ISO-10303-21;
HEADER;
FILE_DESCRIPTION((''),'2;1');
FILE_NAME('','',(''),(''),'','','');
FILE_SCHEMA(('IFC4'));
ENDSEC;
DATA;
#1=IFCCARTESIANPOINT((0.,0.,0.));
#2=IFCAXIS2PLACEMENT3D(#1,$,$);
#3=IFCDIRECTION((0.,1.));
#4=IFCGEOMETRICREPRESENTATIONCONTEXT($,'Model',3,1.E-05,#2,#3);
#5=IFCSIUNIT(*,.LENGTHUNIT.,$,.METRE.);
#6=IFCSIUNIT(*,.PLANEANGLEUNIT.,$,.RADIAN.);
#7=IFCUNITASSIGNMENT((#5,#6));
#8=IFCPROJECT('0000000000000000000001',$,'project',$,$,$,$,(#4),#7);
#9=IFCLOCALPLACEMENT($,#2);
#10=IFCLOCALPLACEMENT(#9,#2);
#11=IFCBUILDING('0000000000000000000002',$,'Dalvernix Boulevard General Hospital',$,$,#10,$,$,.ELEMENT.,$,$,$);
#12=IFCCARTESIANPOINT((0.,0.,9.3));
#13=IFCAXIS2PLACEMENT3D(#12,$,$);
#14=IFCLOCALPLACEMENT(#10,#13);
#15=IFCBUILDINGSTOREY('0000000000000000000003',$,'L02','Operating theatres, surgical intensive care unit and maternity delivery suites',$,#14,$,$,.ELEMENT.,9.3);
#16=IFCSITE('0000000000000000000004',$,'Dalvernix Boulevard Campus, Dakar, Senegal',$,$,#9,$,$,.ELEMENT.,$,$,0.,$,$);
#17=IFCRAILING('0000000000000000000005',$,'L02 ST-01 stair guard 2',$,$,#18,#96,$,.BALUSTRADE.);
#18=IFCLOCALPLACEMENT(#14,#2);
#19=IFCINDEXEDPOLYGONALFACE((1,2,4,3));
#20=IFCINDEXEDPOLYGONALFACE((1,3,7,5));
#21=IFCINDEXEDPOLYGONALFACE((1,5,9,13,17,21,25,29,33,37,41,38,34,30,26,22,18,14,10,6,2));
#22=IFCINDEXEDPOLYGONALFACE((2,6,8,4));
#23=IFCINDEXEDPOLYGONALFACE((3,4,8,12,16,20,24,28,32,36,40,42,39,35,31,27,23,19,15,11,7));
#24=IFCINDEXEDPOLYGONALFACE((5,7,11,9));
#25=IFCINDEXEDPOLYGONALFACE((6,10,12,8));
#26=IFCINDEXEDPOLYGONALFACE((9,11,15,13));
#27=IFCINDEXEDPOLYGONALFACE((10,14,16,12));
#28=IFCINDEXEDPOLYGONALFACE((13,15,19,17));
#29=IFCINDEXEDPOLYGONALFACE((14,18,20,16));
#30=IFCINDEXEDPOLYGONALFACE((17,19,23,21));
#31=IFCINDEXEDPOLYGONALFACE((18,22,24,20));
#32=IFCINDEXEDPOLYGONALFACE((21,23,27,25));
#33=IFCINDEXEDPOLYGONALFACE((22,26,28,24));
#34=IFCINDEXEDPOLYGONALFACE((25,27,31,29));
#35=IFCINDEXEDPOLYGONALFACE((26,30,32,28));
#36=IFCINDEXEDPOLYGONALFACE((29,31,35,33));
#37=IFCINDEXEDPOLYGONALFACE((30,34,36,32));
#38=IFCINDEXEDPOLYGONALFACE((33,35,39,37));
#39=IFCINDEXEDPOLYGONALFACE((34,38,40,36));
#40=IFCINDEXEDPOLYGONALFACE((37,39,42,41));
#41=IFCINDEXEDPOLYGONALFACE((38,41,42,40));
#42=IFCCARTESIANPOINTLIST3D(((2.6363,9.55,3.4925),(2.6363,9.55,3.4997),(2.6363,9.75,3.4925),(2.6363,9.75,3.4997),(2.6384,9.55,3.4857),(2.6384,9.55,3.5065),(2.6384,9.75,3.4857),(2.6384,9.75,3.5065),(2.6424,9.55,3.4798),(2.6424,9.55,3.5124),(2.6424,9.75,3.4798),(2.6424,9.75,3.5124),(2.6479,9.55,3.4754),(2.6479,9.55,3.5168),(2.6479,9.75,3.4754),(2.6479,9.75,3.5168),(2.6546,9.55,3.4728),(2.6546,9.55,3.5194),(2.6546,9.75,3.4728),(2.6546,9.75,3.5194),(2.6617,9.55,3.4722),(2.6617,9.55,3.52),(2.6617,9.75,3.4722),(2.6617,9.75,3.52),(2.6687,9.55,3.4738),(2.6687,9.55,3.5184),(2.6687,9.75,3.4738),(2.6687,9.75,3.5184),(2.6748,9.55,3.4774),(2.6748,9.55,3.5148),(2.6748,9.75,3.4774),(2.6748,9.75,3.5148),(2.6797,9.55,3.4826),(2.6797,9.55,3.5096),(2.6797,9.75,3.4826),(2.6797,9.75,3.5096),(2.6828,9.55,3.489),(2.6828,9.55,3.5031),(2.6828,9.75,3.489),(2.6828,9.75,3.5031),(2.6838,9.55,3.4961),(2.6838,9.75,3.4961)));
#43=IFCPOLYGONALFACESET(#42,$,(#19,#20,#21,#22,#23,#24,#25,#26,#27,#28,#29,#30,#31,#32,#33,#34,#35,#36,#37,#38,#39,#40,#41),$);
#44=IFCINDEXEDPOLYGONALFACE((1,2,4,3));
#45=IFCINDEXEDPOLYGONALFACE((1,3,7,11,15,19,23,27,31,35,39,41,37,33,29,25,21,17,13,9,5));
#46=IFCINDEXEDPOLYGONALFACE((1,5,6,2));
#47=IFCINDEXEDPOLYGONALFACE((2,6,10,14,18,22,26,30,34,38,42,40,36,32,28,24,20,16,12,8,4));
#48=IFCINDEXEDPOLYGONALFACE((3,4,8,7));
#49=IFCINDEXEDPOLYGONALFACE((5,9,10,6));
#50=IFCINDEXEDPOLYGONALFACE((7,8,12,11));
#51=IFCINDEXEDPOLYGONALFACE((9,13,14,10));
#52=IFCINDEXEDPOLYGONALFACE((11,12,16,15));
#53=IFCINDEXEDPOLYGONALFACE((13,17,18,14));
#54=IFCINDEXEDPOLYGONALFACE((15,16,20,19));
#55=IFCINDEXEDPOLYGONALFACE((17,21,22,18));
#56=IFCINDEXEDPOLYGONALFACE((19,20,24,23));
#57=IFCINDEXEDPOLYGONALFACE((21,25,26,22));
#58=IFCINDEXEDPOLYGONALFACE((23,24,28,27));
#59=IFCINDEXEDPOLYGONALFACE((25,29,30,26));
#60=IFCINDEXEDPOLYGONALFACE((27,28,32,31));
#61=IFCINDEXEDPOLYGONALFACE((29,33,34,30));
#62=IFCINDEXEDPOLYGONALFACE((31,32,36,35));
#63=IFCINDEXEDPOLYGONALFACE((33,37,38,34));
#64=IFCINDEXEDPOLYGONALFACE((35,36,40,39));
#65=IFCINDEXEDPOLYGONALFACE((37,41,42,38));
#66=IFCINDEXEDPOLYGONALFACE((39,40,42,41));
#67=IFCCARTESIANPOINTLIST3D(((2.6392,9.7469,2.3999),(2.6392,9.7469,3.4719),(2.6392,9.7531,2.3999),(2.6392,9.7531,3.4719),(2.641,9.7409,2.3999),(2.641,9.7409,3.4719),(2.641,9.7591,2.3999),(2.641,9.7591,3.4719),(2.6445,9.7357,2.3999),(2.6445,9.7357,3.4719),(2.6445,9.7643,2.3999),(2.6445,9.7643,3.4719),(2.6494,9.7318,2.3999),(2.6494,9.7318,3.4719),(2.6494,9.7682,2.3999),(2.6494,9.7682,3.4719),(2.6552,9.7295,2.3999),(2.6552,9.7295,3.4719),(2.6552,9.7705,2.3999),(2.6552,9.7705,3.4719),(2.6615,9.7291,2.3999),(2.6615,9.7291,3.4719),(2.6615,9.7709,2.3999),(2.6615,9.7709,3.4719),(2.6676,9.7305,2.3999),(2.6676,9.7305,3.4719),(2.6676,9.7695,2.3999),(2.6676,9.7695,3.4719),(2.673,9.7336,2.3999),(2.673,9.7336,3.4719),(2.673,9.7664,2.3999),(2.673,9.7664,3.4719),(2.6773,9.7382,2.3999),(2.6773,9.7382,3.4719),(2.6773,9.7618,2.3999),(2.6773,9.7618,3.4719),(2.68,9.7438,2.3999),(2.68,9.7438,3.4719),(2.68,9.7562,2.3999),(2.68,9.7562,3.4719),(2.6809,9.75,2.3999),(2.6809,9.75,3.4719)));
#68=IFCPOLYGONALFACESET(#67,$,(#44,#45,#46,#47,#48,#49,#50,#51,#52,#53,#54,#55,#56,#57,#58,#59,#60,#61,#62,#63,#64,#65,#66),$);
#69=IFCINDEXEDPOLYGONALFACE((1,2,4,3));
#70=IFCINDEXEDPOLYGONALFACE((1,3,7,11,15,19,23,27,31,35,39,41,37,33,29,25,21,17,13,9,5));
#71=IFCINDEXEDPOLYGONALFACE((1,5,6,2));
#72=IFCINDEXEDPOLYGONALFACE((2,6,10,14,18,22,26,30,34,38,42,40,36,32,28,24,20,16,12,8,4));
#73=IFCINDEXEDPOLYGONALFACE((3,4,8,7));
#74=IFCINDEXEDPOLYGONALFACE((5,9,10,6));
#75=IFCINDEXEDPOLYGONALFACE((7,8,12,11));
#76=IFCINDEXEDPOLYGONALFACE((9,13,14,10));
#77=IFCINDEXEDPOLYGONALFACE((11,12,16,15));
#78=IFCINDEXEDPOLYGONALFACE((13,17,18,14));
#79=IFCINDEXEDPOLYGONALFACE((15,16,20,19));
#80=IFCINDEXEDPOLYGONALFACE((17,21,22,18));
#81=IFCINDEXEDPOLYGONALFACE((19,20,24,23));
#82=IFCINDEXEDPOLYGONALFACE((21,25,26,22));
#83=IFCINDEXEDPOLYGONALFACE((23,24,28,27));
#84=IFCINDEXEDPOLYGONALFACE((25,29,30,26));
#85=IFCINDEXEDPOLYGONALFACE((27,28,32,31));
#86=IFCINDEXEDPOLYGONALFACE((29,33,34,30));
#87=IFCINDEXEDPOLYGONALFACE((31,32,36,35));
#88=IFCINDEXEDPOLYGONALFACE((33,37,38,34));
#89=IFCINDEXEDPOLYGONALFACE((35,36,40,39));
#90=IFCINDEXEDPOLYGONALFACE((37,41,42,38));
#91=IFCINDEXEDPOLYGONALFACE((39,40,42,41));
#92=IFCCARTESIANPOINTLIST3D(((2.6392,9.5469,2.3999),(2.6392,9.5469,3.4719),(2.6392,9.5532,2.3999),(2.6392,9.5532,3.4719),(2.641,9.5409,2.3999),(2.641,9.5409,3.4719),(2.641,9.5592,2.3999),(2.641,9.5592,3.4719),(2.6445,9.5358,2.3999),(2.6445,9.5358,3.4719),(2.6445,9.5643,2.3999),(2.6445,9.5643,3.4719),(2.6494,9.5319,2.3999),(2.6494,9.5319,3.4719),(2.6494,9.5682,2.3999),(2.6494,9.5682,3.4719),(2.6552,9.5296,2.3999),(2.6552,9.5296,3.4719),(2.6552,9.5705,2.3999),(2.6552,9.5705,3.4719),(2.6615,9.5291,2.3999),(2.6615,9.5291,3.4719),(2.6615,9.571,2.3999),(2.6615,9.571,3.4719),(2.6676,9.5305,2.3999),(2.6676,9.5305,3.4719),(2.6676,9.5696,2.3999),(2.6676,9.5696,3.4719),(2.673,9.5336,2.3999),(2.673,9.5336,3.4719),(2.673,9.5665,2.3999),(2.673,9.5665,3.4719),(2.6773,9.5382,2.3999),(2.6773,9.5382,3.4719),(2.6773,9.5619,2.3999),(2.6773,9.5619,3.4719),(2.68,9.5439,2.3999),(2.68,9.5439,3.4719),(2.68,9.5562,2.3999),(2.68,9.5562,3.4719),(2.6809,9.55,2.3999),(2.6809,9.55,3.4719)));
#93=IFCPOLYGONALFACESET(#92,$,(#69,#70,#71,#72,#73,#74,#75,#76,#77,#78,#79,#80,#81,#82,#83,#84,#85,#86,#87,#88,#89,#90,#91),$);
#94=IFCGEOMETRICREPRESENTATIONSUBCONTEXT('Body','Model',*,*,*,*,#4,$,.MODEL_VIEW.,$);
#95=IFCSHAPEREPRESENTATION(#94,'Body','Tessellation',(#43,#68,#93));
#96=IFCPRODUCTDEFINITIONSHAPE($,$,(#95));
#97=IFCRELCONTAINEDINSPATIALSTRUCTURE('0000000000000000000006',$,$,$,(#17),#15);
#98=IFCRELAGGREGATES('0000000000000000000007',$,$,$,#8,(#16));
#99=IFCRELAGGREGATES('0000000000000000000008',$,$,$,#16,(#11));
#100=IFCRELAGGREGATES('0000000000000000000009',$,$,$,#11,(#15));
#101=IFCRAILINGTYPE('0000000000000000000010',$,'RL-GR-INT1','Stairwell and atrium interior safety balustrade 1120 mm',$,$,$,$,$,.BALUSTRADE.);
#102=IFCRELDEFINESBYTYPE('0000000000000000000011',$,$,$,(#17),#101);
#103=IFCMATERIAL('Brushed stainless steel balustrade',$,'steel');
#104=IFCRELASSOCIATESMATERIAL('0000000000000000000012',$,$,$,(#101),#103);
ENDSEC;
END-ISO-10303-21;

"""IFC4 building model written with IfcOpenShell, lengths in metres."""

from ifc_helpers import new_model, si_unit, direction, frame, origin, origin_2d, place, context, subcontext, project, spatial, circle, extrude, material, type_object, element, save


model = new_model("IFC4")

# Units and contexts
model_context = context("Model", 3, precision=1e-05, world=origin(), true_north=direction((0.0, 1.0)))
body_context = subcontext(model_context, "Body", "Model", "MODEL_VIEW")
ifc_project = project(units=[si_unit("LENGTHUNIT", "METRE"), si_unit("PLANEANGLEUNIT", "RADIAN")], contexts=[model_context])

# Site, building, storey
site_placement = place(None, origin())
site = spatial("IfcSite", under=ifc_project, at=site_placement, Name="Dalvernix Boulevard Campus, Dakar, Senegal", CompositionType="ELEMENT", RefElevation=0.0)
building_placement = place(site_placement, origin())
building = spatial("IfcBuilding", under=site, at=building_placement, Name="Dalvernix Boulevard General Hospital", CompositionType="ELEMENT")
storey_placement = place(building_placement, frame((0.0, 0.0, 9.3)))
storey = spatial("IfcBuildingStorey", under=building, at=storey_placement, Name="L02", Description="Operating theatres, surgical intensive care unit and maternity delivery suites", CompositionType="ELEMENT", Elevation=9.3)

# Railing
ifc_material_1 = material(Name="Brushed stainless steel balustrade", Category="steel")
railing_type_1 = type_object("IfcRailingType", Name="RL-GR-INT1", Description="Stairwell and atrium interior safety balustrade 1120 mm", PredefinedType="BALUSTRADE", material=ifc_material_1)
railing_1_placement = place(storey_placement, frame((2.6599, 9.75, 2.3999)))
element("IfcRailing", 1, at=railing_1_placement, inside=storey, type_object=railing_type_1, Name="L02 ST-01 stair guard 2", PredefinedType="BALUSTRADE", context=body_context, shape_type="SweptSolid", body=[
    extrude(circle(Radius=0.0239, at=origin_2d()), frame((0.0, 0.0, 1.0962), z_axis=(0.0, -1.0, 0.0), x_axis=(1.0, 0.0, 0.0)), (0.0, 0.0, 1.0), 0.2),
    extrude(circle(Radius=0.021, at=origin_2d()), origin(), (0.0, 0.0, 1.0), 1.072),
    extrude(circle(Radius=0.021, at=origin_2d()), frame((0.0, -0.2, 0.0)), (0.0, 0.0, 1.0), 1.072),
])

save(model, "model.ifc")
